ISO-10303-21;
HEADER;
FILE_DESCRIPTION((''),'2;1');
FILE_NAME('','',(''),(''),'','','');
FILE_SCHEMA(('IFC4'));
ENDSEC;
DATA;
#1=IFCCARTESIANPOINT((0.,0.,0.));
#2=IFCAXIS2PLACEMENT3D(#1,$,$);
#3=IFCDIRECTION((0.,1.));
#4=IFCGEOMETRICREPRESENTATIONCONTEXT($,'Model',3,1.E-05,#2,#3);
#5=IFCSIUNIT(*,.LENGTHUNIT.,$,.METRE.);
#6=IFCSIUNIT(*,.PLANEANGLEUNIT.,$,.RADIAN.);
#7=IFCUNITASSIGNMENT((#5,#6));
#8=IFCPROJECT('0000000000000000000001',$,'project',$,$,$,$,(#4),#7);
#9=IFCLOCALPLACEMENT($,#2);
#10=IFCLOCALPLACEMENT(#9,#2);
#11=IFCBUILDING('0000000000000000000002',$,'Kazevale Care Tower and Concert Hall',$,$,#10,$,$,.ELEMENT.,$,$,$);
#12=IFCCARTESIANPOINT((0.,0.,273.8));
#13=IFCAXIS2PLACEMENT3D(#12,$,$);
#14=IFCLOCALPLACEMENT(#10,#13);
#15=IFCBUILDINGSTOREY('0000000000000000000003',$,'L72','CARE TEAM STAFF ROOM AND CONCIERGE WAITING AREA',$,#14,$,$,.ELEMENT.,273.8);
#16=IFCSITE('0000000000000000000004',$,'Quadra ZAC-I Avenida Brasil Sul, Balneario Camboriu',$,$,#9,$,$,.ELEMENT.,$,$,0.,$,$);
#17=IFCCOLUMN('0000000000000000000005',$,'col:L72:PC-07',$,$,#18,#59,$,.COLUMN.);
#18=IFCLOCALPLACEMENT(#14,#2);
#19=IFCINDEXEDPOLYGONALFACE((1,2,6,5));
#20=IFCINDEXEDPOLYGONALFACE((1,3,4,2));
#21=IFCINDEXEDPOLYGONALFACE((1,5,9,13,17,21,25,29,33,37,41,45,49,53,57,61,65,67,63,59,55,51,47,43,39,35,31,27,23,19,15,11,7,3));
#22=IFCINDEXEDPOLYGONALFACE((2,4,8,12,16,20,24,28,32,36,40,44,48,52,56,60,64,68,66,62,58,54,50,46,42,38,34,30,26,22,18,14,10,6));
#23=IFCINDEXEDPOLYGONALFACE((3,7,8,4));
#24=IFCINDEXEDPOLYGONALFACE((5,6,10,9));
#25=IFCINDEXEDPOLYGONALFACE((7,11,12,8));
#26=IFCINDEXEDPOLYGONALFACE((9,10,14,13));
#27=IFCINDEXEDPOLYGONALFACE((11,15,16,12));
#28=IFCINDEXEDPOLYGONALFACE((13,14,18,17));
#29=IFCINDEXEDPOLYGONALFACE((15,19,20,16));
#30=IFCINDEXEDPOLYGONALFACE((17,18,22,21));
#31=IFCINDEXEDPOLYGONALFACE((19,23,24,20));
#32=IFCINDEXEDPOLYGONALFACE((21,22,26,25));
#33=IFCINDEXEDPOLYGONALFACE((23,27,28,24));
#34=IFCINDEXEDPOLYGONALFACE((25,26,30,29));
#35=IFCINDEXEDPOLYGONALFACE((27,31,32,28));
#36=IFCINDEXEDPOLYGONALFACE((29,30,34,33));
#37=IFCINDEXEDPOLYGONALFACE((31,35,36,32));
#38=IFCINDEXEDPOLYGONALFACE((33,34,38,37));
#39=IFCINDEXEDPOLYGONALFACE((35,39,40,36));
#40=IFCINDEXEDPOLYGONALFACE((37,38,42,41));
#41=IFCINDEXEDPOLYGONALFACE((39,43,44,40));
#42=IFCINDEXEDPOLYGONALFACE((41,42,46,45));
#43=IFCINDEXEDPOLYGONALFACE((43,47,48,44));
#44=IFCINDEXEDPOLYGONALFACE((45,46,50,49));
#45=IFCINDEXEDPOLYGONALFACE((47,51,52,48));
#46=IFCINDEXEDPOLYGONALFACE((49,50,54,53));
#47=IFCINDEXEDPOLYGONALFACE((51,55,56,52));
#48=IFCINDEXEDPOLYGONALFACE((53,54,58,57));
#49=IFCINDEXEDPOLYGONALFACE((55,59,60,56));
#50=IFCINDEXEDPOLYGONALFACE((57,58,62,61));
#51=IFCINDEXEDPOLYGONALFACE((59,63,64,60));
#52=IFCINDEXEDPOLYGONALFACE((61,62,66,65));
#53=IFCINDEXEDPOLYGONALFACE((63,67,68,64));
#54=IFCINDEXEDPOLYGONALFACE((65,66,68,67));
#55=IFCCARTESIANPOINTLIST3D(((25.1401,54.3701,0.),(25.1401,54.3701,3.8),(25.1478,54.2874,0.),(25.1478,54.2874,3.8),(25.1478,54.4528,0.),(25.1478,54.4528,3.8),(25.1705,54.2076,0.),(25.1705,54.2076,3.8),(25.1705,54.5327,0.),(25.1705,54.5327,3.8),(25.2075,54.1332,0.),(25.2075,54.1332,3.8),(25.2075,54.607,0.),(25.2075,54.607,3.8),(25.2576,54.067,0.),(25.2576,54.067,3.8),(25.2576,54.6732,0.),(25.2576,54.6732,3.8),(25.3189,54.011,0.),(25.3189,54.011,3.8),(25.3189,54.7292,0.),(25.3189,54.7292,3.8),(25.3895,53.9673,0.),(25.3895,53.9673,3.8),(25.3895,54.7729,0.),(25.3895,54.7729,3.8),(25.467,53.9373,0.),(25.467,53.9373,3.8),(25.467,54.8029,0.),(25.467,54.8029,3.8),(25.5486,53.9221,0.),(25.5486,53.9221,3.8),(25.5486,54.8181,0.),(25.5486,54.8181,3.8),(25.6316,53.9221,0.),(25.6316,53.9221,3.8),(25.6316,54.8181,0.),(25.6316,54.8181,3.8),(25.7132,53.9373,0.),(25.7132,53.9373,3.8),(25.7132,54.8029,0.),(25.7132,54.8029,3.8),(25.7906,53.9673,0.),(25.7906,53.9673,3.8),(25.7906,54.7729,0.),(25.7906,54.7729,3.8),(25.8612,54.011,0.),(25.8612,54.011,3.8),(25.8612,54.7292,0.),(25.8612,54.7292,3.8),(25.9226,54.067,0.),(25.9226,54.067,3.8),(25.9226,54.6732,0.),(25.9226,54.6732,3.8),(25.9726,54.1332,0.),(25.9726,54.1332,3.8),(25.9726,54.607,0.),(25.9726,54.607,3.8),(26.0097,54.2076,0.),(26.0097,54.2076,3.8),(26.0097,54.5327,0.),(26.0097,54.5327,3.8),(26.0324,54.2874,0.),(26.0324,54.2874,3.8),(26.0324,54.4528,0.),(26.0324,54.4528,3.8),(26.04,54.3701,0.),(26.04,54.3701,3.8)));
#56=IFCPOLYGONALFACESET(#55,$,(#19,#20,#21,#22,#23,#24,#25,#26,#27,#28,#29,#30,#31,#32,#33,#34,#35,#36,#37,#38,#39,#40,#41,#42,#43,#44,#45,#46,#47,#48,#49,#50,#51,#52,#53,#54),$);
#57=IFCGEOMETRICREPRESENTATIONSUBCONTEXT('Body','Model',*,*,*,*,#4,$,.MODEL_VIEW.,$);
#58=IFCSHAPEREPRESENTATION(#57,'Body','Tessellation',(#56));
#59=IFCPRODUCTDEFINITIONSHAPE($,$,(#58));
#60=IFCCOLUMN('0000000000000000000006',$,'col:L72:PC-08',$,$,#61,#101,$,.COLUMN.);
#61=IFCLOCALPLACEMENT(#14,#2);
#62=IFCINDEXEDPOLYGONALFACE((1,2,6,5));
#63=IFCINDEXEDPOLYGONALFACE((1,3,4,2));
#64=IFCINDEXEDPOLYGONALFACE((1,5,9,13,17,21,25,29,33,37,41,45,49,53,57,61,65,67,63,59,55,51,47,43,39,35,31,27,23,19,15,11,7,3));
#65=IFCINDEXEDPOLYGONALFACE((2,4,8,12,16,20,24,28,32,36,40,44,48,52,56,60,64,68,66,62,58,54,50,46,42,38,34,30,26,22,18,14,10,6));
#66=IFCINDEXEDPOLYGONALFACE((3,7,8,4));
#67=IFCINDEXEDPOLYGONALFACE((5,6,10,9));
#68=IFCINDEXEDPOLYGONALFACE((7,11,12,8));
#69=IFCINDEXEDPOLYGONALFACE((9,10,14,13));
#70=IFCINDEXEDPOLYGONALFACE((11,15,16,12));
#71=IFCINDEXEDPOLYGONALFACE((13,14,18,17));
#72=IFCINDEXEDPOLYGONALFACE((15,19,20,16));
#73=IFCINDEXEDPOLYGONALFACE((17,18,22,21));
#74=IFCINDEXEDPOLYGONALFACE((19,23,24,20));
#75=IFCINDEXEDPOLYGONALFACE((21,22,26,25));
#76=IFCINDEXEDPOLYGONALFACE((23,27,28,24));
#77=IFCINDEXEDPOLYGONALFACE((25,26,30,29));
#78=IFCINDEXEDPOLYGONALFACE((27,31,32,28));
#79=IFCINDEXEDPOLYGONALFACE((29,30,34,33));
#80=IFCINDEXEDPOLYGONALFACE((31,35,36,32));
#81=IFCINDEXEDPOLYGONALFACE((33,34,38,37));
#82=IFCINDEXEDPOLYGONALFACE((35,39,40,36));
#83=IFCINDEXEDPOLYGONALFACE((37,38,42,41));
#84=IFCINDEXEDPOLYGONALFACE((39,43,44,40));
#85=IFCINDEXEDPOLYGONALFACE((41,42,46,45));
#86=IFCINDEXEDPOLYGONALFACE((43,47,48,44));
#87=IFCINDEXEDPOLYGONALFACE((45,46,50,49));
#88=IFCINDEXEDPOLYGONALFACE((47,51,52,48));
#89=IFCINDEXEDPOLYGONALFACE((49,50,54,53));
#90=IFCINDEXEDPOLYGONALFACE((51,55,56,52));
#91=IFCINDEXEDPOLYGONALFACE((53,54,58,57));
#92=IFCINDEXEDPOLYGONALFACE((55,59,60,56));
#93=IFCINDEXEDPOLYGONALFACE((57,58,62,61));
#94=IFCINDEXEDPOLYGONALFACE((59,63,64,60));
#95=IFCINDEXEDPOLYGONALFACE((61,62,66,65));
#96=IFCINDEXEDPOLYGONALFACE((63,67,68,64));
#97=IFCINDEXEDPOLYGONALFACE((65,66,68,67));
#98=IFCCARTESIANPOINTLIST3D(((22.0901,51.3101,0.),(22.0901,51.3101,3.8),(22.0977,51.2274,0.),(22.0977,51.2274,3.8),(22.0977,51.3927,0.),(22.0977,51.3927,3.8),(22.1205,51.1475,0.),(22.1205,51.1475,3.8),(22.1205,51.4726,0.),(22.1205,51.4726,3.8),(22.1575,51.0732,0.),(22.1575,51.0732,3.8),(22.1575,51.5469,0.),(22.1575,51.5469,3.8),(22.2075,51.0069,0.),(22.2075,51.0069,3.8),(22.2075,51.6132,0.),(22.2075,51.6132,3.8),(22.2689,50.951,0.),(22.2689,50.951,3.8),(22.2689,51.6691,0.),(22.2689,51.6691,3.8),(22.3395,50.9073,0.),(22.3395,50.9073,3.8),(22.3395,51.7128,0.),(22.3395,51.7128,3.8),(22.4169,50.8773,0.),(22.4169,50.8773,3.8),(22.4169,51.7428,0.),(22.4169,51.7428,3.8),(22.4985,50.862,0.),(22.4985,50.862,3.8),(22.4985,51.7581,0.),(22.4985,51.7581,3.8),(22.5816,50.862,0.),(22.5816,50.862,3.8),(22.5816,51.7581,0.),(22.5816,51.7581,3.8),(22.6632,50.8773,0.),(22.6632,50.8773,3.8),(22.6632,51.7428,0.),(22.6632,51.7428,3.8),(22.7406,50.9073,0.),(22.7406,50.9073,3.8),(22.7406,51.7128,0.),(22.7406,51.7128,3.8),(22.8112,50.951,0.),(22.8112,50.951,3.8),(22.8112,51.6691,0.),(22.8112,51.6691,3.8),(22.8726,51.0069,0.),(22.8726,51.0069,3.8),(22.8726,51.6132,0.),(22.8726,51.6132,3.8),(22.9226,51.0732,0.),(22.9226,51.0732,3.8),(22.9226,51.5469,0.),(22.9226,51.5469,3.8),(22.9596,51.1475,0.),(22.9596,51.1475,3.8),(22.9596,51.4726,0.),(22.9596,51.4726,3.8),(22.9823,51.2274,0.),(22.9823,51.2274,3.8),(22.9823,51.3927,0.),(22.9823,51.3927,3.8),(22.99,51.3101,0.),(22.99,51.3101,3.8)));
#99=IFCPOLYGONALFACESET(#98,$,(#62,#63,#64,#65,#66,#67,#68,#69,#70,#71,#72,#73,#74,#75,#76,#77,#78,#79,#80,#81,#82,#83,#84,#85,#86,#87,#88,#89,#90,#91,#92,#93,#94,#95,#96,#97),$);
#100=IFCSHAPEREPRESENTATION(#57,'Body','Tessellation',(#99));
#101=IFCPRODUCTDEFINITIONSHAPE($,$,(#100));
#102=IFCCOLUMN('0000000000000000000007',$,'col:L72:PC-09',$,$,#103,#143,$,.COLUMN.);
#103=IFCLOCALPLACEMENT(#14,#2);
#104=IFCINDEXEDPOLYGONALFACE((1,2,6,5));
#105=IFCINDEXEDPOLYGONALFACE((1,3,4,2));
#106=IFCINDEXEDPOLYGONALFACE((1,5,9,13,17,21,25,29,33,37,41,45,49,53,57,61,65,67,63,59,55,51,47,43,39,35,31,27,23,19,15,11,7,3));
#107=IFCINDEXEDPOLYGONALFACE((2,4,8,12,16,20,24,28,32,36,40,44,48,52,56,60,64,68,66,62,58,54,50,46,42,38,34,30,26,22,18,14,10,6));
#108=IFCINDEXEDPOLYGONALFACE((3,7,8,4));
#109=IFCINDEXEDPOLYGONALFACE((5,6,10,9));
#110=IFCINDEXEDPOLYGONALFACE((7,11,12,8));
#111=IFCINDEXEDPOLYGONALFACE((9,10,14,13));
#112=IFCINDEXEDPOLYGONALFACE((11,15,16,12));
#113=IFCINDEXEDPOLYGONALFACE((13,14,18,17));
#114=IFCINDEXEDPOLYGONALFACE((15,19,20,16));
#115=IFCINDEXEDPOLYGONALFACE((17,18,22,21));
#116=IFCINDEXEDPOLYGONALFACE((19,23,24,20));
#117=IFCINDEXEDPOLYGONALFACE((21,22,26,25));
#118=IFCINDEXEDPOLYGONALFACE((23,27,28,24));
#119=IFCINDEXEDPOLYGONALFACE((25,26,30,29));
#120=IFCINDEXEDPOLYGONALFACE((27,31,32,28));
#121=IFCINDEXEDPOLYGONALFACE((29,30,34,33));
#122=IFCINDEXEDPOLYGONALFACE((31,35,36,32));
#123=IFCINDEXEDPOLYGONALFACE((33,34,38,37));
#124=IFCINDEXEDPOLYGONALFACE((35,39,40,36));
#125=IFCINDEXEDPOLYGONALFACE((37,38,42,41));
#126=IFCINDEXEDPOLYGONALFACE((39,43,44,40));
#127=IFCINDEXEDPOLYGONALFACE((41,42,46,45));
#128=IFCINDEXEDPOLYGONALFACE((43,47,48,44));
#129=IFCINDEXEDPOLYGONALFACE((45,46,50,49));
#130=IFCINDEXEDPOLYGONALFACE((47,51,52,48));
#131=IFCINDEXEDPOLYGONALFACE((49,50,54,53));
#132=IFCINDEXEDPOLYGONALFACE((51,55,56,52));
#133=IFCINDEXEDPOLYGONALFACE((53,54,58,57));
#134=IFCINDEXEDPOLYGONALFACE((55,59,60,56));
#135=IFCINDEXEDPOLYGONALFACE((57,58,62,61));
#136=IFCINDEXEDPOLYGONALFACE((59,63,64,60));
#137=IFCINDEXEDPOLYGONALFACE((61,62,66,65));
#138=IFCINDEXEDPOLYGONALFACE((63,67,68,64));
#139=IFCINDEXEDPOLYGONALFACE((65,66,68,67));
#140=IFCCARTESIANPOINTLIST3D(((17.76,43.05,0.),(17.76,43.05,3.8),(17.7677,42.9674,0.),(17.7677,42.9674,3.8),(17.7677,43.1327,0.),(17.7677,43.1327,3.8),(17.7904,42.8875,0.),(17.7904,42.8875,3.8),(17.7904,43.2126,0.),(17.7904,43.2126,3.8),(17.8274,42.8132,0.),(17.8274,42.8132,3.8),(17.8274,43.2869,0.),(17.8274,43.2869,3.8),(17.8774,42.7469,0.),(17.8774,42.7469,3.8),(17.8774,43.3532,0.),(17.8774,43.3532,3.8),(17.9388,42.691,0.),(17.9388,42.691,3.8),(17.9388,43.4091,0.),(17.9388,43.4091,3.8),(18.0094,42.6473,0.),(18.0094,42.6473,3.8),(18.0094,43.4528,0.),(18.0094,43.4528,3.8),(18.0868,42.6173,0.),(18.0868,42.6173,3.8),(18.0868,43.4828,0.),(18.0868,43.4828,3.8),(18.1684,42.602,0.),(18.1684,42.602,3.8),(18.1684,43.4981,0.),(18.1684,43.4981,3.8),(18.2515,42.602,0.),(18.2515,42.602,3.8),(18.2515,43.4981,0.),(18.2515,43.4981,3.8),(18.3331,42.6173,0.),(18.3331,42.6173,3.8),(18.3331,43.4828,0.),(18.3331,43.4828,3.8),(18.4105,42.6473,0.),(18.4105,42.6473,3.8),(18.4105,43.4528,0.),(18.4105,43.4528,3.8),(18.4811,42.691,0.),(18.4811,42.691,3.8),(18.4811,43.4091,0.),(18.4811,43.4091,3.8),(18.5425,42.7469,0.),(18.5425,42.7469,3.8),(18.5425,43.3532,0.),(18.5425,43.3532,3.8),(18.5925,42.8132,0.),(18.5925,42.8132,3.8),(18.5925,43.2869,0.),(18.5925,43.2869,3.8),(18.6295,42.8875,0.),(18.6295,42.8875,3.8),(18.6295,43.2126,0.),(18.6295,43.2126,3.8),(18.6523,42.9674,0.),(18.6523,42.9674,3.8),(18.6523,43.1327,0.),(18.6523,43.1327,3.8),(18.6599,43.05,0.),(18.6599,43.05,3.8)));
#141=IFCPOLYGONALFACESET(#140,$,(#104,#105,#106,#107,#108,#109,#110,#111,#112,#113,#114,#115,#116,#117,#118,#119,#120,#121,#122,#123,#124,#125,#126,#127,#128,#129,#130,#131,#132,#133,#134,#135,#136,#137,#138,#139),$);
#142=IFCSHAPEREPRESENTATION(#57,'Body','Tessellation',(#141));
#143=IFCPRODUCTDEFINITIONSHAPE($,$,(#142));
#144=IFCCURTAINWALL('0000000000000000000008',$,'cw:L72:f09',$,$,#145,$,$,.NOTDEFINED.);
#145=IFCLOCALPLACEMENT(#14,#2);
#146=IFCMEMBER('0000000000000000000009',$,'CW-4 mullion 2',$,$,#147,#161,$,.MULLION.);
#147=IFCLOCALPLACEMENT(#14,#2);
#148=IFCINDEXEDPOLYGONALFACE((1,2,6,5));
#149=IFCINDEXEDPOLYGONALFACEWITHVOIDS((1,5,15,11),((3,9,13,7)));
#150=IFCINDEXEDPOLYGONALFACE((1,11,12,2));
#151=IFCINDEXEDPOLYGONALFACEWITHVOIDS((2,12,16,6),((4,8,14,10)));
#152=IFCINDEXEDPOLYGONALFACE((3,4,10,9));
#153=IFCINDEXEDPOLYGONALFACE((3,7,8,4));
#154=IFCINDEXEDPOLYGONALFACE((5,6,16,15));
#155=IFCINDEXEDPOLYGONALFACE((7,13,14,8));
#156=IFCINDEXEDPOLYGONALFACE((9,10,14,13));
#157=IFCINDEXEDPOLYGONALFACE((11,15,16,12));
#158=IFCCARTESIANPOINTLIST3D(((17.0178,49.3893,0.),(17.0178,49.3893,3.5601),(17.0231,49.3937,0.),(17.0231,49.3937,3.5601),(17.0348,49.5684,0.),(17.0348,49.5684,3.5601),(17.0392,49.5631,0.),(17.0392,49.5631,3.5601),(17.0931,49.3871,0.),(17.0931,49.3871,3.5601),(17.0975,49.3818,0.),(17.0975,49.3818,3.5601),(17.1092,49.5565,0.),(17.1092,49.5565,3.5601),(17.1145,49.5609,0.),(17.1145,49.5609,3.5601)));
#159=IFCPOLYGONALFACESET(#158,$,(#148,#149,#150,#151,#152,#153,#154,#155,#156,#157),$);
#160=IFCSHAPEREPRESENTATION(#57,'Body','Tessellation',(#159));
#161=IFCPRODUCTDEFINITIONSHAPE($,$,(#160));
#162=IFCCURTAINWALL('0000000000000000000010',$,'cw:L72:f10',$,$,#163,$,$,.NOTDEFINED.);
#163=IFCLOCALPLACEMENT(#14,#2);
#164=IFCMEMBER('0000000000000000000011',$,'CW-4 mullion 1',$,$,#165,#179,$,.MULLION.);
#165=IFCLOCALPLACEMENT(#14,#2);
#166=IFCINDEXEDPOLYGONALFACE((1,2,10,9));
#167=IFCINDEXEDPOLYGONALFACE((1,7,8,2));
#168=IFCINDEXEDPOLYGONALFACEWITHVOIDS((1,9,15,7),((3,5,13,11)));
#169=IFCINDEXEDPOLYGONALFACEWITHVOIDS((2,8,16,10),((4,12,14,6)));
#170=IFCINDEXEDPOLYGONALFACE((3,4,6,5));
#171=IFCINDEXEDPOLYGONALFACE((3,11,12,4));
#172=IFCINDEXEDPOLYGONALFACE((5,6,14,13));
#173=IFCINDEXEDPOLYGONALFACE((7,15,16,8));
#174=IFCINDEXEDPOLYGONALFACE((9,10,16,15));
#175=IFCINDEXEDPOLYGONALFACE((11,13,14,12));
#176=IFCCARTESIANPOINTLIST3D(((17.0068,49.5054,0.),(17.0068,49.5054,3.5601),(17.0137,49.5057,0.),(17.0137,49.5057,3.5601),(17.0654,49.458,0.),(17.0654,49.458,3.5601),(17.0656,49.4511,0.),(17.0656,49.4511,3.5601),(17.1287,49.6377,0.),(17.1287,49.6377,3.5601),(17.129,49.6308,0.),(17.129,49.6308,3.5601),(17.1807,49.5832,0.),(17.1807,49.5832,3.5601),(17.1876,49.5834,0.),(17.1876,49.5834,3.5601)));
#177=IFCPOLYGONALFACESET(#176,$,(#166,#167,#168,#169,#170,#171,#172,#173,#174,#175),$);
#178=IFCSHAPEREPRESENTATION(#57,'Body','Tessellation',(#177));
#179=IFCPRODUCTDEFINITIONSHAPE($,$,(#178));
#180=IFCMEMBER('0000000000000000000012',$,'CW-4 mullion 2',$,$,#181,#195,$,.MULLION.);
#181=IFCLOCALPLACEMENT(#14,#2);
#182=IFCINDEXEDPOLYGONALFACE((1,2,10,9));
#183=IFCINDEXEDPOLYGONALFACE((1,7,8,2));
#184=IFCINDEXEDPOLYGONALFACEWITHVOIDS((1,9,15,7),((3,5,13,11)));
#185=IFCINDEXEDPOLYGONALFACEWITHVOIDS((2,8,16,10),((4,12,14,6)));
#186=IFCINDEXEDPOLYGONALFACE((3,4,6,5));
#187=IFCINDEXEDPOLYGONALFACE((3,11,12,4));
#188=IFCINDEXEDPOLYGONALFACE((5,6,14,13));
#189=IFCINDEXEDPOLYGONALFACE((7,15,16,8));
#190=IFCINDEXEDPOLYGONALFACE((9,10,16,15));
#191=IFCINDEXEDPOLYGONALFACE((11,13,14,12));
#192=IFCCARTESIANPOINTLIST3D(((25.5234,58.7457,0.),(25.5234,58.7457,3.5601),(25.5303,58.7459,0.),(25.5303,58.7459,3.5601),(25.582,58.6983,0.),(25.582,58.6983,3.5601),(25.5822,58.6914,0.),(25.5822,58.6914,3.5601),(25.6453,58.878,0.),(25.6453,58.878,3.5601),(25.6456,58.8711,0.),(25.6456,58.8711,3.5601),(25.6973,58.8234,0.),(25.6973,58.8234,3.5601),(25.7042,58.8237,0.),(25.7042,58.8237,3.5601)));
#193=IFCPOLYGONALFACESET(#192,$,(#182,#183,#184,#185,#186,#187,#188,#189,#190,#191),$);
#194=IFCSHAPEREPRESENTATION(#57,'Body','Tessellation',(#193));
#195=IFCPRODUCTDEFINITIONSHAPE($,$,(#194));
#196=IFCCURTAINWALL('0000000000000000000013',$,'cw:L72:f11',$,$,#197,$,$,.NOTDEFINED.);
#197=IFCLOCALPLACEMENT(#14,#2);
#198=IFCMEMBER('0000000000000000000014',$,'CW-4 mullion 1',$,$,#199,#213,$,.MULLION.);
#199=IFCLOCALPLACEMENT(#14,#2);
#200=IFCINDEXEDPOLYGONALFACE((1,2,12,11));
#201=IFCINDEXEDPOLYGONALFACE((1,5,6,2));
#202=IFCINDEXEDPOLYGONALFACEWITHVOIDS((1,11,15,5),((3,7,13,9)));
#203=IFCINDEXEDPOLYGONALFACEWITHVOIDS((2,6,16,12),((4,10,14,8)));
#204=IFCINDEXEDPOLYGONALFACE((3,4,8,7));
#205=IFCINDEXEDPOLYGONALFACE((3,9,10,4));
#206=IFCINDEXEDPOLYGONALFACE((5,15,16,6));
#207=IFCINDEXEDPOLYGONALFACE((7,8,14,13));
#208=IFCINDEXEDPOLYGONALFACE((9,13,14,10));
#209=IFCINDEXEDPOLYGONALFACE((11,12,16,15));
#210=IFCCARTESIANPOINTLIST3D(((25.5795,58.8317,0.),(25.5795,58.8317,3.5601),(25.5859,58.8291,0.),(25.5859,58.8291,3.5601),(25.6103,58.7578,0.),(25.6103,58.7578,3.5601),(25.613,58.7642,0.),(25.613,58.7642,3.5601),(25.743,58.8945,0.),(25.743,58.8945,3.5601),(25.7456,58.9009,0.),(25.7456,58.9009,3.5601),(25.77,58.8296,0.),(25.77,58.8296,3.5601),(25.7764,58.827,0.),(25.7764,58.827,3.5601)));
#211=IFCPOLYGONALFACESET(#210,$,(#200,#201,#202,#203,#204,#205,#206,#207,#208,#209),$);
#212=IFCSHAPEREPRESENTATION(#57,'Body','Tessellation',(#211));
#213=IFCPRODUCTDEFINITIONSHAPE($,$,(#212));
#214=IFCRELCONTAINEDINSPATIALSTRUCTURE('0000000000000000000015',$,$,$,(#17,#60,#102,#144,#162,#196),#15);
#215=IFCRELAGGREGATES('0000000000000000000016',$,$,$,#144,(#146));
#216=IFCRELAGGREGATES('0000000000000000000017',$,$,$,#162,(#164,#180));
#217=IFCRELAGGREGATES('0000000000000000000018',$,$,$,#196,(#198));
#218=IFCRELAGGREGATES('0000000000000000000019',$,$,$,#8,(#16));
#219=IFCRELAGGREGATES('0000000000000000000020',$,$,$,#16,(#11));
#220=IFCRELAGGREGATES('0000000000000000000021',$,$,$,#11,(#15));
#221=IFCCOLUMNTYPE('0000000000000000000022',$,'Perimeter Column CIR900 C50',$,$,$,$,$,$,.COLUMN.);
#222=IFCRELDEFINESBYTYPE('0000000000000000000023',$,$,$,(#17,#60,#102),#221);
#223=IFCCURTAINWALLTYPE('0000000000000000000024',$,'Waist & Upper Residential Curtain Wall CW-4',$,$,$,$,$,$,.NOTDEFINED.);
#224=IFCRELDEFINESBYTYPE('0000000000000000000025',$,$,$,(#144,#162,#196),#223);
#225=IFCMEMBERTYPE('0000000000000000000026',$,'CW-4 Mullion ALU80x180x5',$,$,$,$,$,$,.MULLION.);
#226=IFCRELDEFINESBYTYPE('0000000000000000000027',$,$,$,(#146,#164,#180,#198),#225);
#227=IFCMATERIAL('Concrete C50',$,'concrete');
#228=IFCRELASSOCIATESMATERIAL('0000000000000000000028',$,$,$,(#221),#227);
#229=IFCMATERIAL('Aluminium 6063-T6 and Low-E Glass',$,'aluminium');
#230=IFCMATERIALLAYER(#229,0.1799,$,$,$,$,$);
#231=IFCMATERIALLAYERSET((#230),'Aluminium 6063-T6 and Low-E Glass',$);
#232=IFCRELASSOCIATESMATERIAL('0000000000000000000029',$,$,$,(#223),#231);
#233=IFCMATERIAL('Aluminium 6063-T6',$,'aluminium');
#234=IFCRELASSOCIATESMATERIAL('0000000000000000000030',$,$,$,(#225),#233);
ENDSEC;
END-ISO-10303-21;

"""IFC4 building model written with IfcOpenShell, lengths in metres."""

from ifc_helpers import new_model, si_unit, direction, frame, origin, origin_2d, place, context, subcontext, project, spatial, hollow_rectangle, circle, extrude, material, layer, layer_set, material_profile, profile_set, type_object, element, aggregate, save


model = new_model("IFC4")

# Units and contexts
model_context = context("Model", 3, precision=1e-05, world=origin(), true_north=direction((0.0, 1.0)))
body_context = subcontext(model_context, "Body", "Model", "MODEL_VIEW")
ifc_project = project(units=[si_unit("LENGTHUNIT", "METRE"), si_unit("PLANEANGLEUNIT", "RADIAN")], contexts=[model_context])

# Site, building, storey
site_placement = place(None, origin())
site = spatial("IfcSite", under=ifc_project, at=site_placement, Name="Quadra ZAC-I Avenida Brasil Sul, Balneario Camboriu", CompositionType="ELEMENT", RefElevation=0.0)
building_placement = place(site_placement, origin())
building = spatial("IfcBuilding", under=site, at=building_placement, Name="Kazevale Care Tower and Concert Hall", CompositionType="ELEMENT")
storey_placement = place(building_placement, frame((0.0, 0.0, 273.8)))
storey = spatial("IfcBuildingStorey", under=building, at=storey_placement, Name="L72", Description="CARE TEAM STAFF ROOM AND CONCIERGE WAITING AREA", CompositionType="ELEMENT", Elevation=273.8)

# Columns
ifc_material_1 = material(Name="Concrete C50", Category="concrete")
ifc_material_profile_1 = material_profile(ifc_material_1, circle(Radius=0.45, at=origin_2d()), Name="RC-CIR900")
ifc_profile_set_1 = profile_set([ifc_material_profile_1], Name="Concrete C50")
column_type = type_object("IfcColumnType", Name="Perimeter Column CIR900 C50", PredefinedType="COLUMN", material=ifc_profile_set_1)
for number, where, z_axis, x_axis, name in (
    (1, (25.5901, 54.3701, 0.0), (0.0, 0.0, 1.0), (1.0, 0.0, 0.0), "col:L72:PC-07"),
    (2, (22.54, 51.3101, 0.0), (0.0, 0.0, 1.0), (1.0, 0.0, 0.0), "col:L72:PC-08"),
    (3, (18.21, 43.05, 0.0), (0.0, 0.0, 1.0), (1.0, 0.0, 0.0), "col:L72:PC-09"),
):
    element("IfcColumn", number, at=place(storey_placement, frame(where, z_axis=z_axis, x_axis=x_axis)), inside=storey, type_object=column_type, Name=name, PredefinedType="COLUMN", context=body_context, shape_type="SweptSolid", body=[
        extrude(circle(Radius=0.45, at=origin_2d()), origin(), (0.0, 0.0, 1.0), 3.8),
    ])

# Curtain wall, member
ifc_material_2 = material(Name="Aluminium 6063-T6 and Low-E Glass", Category="aluminium")
ifc_layer_1 = layer(ifc_material_2, 0.1799)
ifc_layer_set_1 = layer_set([ifc_layer_1], Name="Aluminium 6063-T6 and Low-E Glass")
curtain_wall_type = type_object("IfcCurtainWallType", Name="Waist & Upper Residential Curtain Wall CW-4", PredefinedType="NOTDEFINED", material=ifc_layer_set_1)
curtain_wall_1_placement = place(storey_placement, origin())
curtain_wall_1 = element("IfcCurtainWall", 4, at=curtain_wall_1_placement, inside=storey, type_object=curtain_wall_type, Name="cw:L72:f09", PredefinedType="NOTDEFINED")
ifc_material_3 = material(Name="Aluminium 6063-T6", Category="aluminium")
ifc_material_profile_2 = material_profile(ifc_material_3, hollow_rectangle(XDim=0.0801, YDim=0.1799, WallThickness=0.0049, at=origin_2d()), Name="ALU80x180x5")
ifc_profile_set_2 = profile_set([ifc_material_profile_2], Name="Aluminium 6063-T6")
member_type_1 = type_object("IfcMemberType", Name="CW-4 Mullion ALU80x180x5", PredefinedType="MULLION", material=ifc_profile_set_2)
member_1_placement = place(storey_placement, frame((17.0662, 49.4751, 0.0), z_axis=(0.0, 0.0, 1.0), x_axis=(-0.99555, 0.094238, 0.0)))
member_1 = element("IfcMember", 5, at=member_1_placement, type_object=member_type_1, Name="CW-4 mullion 2", PredefinedType="MULLION", context=body_context, shape_type="SweptSolid", body=[
    extrude(hollow_rectangle(XDim=0.0801, YDim=0.1799, WallThickness=0.0049, at=origin_2d()), origin(), (0.0, 0.0, 1.0), 3.5601),
])

# Curtain wall, members
curtain_wall_2_placement = place(storey_placement, origin())
curtain_wall_2 = element("IfcCurtainWall", 6, at=curtain_wall_2_placement, inside=storey, type_object=curtain_wall_type, Name="cw:L72:f10", PredefinedType="NOTDEFINED")
member_2_placement = place(storey_placement, frame((17.0972, 49.5444, 0.0), z_axis=(0.0, 0.0, 1.0), x_axis=(-0.735303, 0.677738, 0.0)))
member_2 = element("IfcMember", 7, at=member_2_placement, type_object=member_type_1, Name="CW-4 mullion 1", PredefinedType="MULLION", context=body_context, shape_type="SweptSolid", body=[
    extrude(hollow_rectangle(XDim=0.0801, YDim=0.1799, WallThickness=0.0049, at=origin_2d()), origin(), (0.0, 0.0, 1.0), 3.5601),
])
member_3_placement = place(storey_placement, frame((25.6138, 58.7847, 0.0), z_axis=(0.0, 0.0, 1.0), x_axis=(-0.735303, 0.677738, 0.0)))
member_3 = element("IfcMember", 8, at=member_3_placement, type_object=member_type_1, Name="CW-4 mullion 2", PredefinedType="MULLION", context=body_context, shape_type="SweptSolid", body=[
    extrude(hollow_rectangle(XDim=0.0801, YDim=0.1799, WallThickness=0.0049, at=origin_2d()), origin(), (0.0, 0.0, 1.0), 3.5601),
])

# Curtain wall, member
curtain_wall_3_placement = place(storey_placement, origin())
curtain_wall_3 = element("IfcCurtainWall", 9, at=curtain_wall_3_placement, inside=storey, type_object=curtain_wall_type, Name="cw:L72:f11", PredefinedType="NOTDEFINED")
member_4_placement = place(storey_placement, frame((25.678, 58.8293, 0.0), z_axis=(0.0, 0.0, 1.0), x_axis=(-0.384684, 0.923048, 0.0)))
member_4 = element("IfcMember", 10, at=member_4_placement, type_object=member_type_1, Name="CW-4 mullion 1", PredefinedType="MULLION", context=body_context, shape_type="SweptSolid", body=[
    extrude(hollow_rectangle(XDim=0.0801, YDim=0.1799, WallThickness=0.0049, at=origin_2d()), origin(), (0.0, 0.0, 1.0), 3.5601),
])

aggregate(curtain_wall_1, [member_1])
aggregate(curtain_wall_2, [member_2, member_3])
aggregate(curtain_wall_3, [member_4])

save(model, "model.ifc")
